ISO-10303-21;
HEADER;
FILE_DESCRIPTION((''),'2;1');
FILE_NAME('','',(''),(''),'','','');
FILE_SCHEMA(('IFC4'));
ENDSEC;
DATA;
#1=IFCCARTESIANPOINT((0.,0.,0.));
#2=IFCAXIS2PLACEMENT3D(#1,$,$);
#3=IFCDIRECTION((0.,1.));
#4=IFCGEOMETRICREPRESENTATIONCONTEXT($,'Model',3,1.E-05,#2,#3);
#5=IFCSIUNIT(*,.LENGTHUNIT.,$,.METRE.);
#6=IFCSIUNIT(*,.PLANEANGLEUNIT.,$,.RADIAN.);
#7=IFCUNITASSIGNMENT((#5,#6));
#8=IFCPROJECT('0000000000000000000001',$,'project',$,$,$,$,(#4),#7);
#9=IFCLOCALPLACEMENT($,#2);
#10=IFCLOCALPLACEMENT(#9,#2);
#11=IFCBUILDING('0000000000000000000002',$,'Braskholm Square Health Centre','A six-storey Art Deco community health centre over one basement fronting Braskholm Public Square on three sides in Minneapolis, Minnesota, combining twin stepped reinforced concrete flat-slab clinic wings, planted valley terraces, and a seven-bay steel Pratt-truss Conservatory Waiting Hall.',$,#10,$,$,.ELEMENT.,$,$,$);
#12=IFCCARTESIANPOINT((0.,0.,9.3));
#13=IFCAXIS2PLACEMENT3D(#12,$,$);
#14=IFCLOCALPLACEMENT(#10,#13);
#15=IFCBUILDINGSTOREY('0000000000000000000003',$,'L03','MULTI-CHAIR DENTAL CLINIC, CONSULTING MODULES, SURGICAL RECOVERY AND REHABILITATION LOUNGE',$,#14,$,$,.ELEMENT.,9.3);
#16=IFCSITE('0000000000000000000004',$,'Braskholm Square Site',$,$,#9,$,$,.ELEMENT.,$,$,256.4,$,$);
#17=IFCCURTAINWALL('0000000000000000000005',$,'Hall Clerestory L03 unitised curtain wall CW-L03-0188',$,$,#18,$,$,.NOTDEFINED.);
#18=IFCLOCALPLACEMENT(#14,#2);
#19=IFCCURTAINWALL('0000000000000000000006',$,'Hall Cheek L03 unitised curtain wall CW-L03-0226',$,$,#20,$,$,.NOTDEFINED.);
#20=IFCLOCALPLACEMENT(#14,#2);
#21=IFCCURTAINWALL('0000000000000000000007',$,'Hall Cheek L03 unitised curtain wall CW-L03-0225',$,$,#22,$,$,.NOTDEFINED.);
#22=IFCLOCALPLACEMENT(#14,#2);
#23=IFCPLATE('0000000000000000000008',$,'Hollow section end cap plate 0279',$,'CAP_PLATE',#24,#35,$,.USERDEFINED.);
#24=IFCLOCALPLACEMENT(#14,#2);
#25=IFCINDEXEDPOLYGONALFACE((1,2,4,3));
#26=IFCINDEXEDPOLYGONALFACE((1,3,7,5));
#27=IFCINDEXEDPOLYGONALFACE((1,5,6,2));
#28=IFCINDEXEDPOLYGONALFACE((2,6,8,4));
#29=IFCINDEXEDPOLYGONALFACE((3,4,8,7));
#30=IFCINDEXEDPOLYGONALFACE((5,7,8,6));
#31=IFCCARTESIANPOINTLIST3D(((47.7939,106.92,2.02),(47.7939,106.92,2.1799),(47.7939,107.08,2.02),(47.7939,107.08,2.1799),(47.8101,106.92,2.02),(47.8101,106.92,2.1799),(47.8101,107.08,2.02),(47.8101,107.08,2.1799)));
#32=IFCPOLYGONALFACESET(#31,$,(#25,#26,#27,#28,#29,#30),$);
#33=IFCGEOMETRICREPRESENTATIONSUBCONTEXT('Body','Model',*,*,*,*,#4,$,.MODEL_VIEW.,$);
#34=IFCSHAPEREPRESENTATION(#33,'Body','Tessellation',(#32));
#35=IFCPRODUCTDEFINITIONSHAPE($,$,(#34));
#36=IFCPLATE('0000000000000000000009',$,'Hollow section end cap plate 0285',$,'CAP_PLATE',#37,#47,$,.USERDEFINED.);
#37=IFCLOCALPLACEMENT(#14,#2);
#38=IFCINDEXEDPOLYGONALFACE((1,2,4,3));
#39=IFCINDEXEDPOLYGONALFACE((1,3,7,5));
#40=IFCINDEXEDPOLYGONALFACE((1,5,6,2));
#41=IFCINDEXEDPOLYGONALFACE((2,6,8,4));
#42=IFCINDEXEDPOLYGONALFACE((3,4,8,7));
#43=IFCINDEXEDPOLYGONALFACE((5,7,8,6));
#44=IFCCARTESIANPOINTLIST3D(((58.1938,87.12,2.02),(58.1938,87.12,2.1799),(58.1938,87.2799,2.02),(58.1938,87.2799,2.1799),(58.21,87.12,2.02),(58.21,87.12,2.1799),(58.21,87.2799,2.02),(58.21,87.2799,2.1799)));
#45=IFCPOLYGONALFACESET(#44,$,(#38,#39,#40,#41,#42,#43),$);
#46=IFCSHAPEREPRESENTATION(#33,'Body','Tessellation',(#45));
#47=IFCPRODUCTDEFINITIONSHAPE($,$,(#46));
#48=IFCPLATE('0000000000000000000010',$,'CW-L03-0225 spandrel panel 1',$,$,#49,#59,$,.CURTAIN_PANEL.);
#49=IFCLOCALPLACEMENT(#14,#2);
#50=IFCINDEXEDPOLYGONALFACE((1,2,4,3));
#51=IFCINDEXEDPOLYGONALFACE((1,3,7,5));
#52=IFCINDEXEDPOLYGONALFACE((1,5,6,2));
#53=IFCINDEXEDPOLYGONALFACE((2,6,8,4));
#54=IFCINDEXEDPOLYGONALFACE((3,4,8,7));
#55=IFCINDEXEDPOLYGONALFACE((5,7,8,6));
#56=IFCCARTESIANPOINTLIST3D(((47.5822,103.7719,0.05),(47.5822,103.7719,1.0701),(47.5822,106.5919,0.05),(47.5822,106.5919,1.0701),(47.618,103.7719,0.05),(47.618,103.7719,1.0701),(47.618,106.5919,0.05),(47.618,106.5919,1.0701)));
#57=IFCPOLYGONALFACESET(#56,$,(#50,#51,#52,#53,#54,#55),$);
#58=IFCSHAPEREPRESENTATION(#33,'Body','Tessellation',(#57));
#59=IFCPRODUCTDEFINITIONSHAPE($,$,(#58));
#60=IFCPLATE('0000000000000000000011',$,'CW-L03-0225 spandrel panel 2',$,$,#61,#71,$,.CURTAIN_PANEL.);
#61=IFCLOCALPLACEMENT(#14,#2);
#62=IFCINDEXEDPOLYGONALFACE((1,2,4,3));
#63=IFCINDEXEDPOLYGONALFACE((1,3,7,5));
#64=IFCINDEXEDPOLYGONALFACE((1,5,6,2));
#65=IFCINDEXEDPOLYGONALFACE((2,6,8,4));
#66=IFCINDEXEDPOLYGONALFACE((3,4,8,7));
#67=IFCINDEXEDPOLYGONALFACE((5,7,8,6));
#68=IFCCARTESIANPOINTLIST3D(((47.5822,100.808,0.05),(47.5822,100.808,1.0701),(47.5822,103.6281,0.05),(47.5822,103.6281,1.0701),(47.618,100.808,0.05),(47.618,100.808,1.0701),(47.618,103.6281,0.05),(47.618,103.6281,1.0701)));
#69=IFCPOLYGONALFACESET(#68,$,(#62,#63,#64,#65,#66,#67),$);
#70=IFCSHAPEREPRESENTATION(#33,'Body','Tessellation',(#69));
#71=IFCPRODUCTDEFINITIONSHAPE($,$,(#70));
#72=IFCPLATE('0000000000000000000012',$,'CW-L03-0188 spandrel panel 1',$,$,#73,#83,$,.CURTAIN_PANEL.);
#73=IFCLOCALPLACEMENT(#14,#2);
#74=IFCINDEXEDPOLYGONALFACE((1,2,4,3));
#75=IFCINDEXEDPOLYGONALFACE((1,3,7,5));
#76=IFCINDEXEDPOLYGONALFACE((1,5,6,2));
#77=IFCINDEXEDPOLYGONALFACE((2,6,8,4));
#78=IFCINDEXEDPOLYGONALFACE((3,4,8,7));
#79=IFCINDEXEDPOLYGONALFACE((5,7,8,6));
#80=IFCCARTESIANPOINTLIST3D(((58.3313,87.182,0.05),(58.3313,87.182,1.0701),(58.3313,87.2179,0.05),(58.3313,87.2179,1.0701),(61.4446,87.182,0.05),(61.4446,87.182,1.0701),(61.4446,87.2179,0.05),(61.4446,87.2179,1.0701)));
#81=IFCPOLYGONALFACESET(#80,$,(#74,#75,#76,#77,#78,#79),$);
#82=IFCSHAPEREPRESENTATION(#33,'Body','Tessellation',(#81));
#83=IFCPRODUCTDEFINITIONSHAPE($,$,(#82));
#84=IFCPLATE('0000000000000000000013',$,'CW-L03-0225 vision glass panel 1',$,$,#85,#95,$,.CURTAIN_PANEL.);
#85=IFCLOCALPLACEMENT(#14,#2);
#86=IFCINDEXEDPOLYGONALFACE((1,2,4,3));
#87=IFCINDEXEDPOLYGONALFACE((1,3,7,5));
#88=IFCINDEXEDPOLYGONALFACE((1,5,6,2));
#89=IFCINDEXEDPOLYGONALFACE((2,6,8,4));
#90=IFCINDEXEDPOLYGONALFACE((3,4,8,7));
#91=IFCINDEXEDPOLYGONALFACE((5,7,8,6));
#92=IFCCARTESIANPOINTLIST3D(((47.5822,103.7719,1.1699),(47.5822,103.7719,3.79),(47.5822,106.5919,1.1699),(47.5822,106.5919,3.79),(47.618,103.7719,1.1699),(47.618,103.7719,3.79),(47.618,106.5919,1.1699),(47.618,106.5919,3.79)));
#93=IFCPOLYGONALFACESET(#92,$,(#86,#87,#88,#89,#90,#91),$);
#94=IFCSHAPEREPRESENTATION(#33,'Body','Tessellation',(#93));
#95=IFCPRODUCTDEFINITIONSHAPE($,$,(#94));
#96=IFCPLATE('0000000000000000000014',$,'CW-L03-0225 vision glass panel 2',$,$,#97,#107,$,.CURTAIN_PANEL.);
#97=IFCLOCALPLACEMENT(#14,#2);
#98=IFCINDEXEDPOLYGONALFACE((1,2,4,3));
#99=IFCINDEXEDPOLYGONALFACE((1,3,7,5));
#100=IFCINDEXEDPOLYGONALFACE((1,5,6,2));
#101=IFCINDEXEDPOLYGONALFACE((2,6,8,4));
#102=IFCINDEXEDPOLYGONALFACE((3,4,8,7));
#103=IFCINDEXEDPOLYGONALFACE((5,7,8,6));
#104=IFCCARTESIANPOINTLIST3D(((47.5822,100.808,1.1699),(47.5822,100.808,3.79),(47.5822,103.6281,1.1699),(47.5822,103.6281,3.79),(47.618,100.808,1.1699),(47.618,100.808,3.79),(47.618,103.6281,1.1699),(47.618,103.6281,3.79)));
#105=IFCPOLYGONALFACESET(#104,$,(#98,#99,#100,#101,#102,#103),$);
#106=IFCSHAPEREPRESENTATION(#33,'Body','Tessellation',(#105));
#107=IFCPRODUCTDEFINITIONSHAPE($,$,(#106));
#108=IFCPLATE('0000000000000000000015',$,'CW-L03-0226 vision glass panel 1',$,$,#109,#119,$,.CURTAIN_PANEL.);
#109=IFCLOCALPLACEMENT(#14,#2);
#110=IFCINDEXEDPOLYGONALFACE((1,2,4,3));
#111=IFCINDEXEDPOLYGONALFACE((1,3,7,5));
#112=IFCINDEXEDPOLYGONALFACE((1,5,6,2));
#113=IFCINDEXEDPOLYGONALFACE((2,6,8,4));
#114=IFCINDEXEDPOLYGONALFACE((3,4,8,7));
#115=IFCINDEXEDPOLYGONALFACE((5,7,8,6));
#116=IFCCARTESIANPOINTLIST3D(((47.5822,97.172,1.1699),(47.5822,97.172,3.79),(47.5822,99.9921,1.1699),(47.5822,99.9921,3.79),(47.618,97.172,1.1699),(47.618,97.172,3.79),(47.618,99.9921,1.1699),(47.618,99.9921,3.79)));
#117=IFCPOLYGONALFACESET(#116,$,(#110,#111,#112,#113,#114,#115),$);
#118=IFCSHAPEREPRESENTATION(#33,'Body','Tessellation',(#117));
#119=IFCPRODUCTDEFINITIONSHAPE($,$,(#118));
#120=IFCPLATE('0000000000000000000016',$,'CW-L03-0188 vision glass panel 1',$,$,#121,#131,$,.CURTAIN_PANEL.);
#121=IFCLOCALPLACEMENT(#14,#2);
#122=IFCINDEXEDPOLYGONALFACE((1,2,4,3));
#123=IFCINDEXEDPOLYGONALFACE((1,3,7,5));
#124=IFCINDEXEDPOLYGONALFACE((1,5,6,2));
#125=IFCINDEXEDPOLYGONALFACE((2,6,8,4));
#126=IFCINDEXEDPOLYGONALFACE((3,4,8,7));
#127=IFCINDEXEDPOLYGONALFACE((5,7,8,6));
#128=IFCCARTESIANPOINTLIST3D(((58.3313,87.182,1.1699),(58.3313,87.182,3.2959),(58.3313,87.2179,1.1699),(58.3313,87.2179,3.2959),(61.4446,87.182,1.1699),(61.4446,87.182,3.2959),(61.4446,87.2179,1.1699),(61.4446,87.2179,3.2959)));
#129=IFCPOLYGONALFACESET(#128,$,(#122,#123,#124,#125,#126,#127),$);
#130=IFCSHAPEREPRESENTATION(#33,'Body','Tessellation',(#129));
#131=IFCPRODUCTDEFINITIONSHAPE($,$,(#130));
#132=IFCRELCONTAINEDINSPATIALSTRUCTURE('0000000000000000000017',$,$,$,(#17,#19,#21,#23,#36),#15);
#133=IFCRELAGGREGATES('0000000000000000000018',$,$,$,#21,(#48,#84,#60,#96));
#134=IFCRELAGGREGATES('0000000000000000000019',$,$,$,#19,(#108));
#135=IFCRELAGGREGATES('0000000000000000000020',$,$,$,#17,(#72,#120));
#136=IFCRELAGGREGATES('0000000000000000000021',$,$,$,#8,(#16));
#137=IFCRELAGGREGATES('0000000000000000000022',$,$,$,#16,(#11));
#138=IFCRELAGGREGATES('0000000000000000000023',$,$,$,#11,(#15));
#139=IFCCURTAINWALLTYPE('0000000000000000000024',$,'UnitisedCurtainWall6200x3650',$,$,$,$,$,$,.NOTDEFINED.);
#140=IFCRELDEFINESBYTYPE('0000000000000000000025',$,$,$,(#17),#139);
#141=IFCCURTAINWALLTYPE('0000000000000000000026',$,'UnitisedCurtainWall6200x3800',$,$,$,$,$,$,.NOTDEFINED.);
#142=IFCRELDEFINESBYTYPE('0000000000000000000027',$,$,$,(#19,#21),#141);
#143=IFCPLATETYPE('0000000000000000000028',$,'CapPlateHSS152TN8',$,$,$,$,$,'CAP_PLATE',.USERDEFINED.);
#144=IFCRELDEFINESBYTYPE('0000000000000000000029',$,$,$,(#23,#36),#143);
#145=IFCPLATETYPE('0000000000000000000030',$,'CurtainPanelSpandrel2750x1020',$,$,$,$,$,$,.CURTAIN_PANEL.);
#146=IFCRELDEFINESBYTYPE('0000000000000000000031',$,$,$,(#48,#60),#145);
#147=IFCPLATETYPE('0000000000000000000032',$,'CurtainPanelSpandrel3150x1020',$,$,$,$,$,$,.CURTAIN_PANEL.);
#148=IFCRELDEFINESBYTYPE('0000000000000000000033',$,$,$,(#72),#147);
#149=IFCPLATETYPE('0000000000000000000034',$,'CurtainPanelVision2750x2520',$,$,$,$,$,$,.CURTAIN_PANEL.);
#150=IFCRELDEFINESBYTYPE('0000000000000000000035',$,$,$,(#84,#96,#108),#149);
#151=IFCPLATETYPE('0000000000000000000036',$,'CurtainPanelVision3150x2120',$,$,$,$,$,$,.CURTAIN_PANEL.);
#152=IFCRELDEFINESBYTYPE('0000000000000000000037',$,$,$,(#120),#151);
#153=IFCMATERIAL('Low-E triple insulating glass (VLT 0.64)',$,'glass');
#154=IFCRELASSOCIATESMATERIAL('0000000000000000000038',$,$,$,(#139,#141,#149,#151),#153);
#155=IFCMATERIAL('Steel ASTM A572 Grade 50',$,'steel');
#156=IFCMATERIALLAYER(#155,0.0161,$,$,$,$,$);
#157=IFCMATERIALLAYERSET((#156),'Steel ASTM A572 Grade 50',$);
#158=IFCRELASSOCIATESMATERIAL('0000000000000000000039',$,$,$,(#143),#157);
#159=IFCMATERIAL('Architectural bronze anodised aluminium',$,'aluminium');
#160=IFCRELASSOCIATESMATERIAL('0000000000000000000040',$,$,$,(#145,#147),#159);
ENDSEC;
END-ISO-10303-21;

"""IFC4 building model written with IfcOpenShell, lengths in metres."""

from ifc_helpers import new_model, si_unit, direction, frame, origin, origin_2d, place, context, subcontext, project, spatial, rectangle, extrude, material, layer, layer_set, type_object, element, aggregate, save


model = new_model("IFC4")

# Units and contexts
model_context = context("Model", 3, precision=1e-05, world=origin(), true_north=direction((0.0, 1.0)))
body_context = subcontext(model_context, "Body", "Model", "MODEL_VIEW")
ifc_project = project(units=[si_unit("LENGTHUNIT", "METRE"), si_unit("PLANEANGLEUNIT", "RADIAN")], contexts=[model_context])

# Site, building, storey
site_placement = place(None, origin())
site = spatial("IfcSite", under=ifc_project, at=site_placement, Name="Braskholm Square Site", CompositionType="ELEMENT", RefElevation=256.4)
building_placement = place(site_placement, origin())
building = spatial("IfcBuilding", under=site, at=building_placement, Name="Braskholm Square Health Centre", Description="A six-storey Art Deco community health centre over one basement fronting Braskholm Public Square on three sides in Minneapolis, Minnesota, combining twin stepped reinforced concrete flat-slab clinic wings, planted valley terraces, and a seven-bay steel Pratt-truss Conservatory Waiting Hall.", CompositionType="ELEMENT")
storey_placement = place(building_placement, frame((0.0, 0.0, 9.3)))
storey = spatial("IfcBuildingStorey", under=building, at=storey_placement, Name="L03", Description="MULTI-CHAIR DENTAL CLINIC, CONSULTING MODULES, SURGICAL RECOVERY AND REHABILITATION LOUNGE", CompositionType="ELEMENT", Elevation=9.3)

# Curtain wall
ifc_material_1 = material(Name="Low-E triple insulating glass (VLT 0.64)", Category="glass")
curtain_wall_type_1 = type_object("IfcCurtainWallType", Name="UnitisedCurtainWall6200x3650", PredefinedType="NOTDEFINED", material=ifc_material_1)
curtain_wall_1_placement = place(storey_placement, origin())
curtain_wall_1 = element("IfcCurtainWall", 1, at=curtain_wall_1_placement, inside=storey, type_object=curtain_wall_type_1, Name="Hall Clerestory L03 unitised curtain wall CW-L03-0188", PredefinedType="NOTDEFINED")
ifc_material_2 = material(Name="Architectural bronze anodised aluminium", Category="aluminium")

# Curtain wall
curtain_wall_type_2 = type_object("IfcCurtainWallType", Name="UnitisedCurtainWall6200x3800", PredefinedType="NOTDEFINED", material=ifc_material_1)
curtain_wall_2_placement = place(storey_placement, origin())
curtain_wall_2 = element("IfcCurtainWall", 2, at=curtain_wall_2_placement, inside=storey, type_object=curtain_wall_type_2, Name="Hall Cheek L03 unitised curtain wall CW-L03-0226", PredefinedType="NOTDEFINED")

# Curtain wall
curtain_wall_3_placement = place(storey_placement, origin())
curtain_wall_3 = element("IfcCurtainWall", 3, at=curtain_wall_3_placement, inside=storey, type_object=curtain_wall_type_2, Name="Hall Cheek L03 unitised curtain wall CW-L03-0225", PredefinedType="NOTDEFINED")

# Plates
ifc_material_3 = material(Name="Steel ASTM A572 Grade 50", Category="steel")
ifc_layer = layer(ifc_material_3, 0.0161)
ifc_layer_set = layer_set([ifc_layer], Name="Steel ASTM A572 Grade 50")
plate_type_1 = type_object("IfcPlateType", Name="CapPlateHSS152TN8", ElementType="CAP_PLATE", PredefinedType="USERDEFINED", material=ifc_layer_set)
for number, where, z_axis, x_axis, name in (
    (4, (47.802, 107.0, 2.02), (0.0, 0.0, 1.0), (1.0, 0.0, 0.0), "Hollow section end cap plate 0279"),
    (5, (58.2019, 87.2, 2.02), (0.0, 0.0, 1.0), (1.0, 0.0, 0.0), "Hollow section end cap plate 0285"),
):
    element("IfcPlate", number, at=place(storey_placement, frame(where, z_axis=z_axis, x_axis=x_axis)), inside=storey, type_object=plate_type_1, Name=name, ObjectType="CAP_PLATE", PredefinedType="USERDEFINED", context=body_context, shape_type="SweptSolid", body=[
        extrude(rectangle(XDim=0.0161, YDim=0.1599, at=origin_2d()), origin(), (0.0, 0.0, 1.0), 0.1599),
    ])

# Plates
plate_type_2 = type_object("IfcPlateType", Name="CurtainPanelSpandrel2750x1020", PredefinedType="CURTAIN_PANEL", material=ifc_material_2)
plate_1_placement = place(storey_placement, frame((47.6001, 105.1819, 0.05), z_axis=(0.0, 0.0, 1.0), x_axis=(0.0, -1.0, 0.0)))
plate_1 = element("IfcPlate", 6, at=plate_1_placement, type_object=plate_type_2, Name="CW-L03-0225 spandrel panel 1", PredefinedType="CURTAIN_PANEL", context=body_context, shape_type="SweptSolid", body=[
    extrude(rectangle(XDim=2.8201, YDim=0.0359, at=origin_2d()), origin(), (0.0, 0.0, 1.0), 1.02),
])
plate_2_placement = place(storey_placement, frame((47.6001, 102.218, 0.05), z_axis=(0.0, 0.0, 1.0), x_axis=(0.0, -1.0, 0.0)))
plate_2 = element("IfcPlate", 7, at=plate_2_placement, type_object=plate_type_2, Name="CW-L03-0225 spandrel panel 2", PredefinedType="CURTAIN_PANEL", context=body_context, shape_type="SweptSolid", body=[
    extrude(rectangle(XDim=2.8201, YDim=0.0359, at=origin_2d()), origin(), (0.0, 0.0, 1.0), 1.02),
])
plate_type_3 = type_object("IfcPlateType", Name="CurtainPanelSpandrel3150x1020", PredefinedType="CURTAIN_PANEL", material=ifc_material_2)
plate_3_placement = place(storey_placement, frame((59.8879, 87.2, 0.05), z_axis=(0.0, 0.0, 1.0), x_axis=(1.0, 0.0, 0.0)))
plate_3 = element("IfcPlate", 8, at=plate_3_placement, type_object=plate_type_3, Name="CW-L03-0188 spandrel panel 1", PredefinedType="CURTAIN_PANEL", context=body_context, shape_type="SweptSolid", body=[
    extrude(rectangle(XDim=3.1133, YDim=0.0359, at=origin_2d()), origin(), (0.0, 0.0, 1.0), 1.02),
])
plate_type_4 = type_object("IfcPlateType", Name="CurtainPanelVision2750x2520", PredefinedType="CURTAIN_PANEL", material=ifc_material_1)
plate_4_placement = place(storey_placement, frame((47.6001, 105.1819, 1.1699), z_axis=(0.0, 0.0, 1.0), x_axis=(0.0, -1.0, 0.0)))
plate_4 = element("IfcPlate", 9, at=plate_4_placement, type_object=plate_type_4, Name="CW-L03-0225 vision glass panel 1", PredefinedType="CURTAIN_PANEL", context=body_context, shape_type="SweptSolid", body=[
    extrude(rectangle(XDim=2.8201, YDim=0.0359, at=origin_2d()), origin(), (0.0, 0.0, 1.0), 2.6201),
])
plate_5_placement = place(storey_placement, frame((47.6001, 102.218, 1.1699), z_axis=(0.0, 0.0, 1.0), x_axis=(0.0, -1.0, 0.0)))
plate_5 = element("IfcPlate", 10, at=plate_5_placement, type_object=plate_type_4, Name="CW-L03-0225 vision glass panel 2", PredefinedType="CURTAIN_PANEL", context=body_context, shape_type="SweptSolid", body=[
    extrude(rectangle(XDim=2.8201, YDim=0.0359, at=origin_2d()), origin(), (0.0, 0.0, 1.0), 2.6201),
])
aggregate(curtain_wall_3, [plate_1, plate_4, plate_2, plate_5])
plate_6_placement = place(storey_placement, frame((47.6001, 98.582, 1.1699), z_axis=(0.0, 0.0, 1.0), x_axis=(0.0, -1.0, 0.0)))
plate_6 = element("IfcPlate", 11, at=plate_6_placement, type_object=plate_type_4, Name="CW-L03-0226 vision glass panel 1", PredefinedType="CURTAIN_PANEL", context=body_context, shape_type="SweptSolid", body=[
    extrude(rectangle(XDim=2.8201, YDim=0.0359, at=origin_2d()), origin(), (0.0, 0.0, 1.0), 2.6201),
])
aggregate(curtain_wall_2, [plate_6])
plate_type_5 = type_object("IfcPlateType", Name="CurtainPanelVision3150x2120", PredefinedType="CURTAIN_PANEL", material=ifc_material_1)
plate_7_placement = place(storey_placement, frame((59.8879, 87.2, 1.1699), z_axis=(0.0, 0.0, 1.0), x_axis=(1.0, 0.0, 0.0)))
plate_7 = element("IfcPlate", 12, at=plate_7_placement, type_object=plate_type_5, Name="CW-L03-0188 vision glass panel 1", PredefinedType="CURTAIN_PANEL", context=body_context, shape_type="SweptSolid", body=[
    extrude(rectangle(XDim=3.1133, YDim=0.0359, at=origin_2d()), origin(), (0.0, 0.0, 1.0), 2.126),
])
aggregate(curtain_wall_1, [plate_3, plate_7])

save(model, "model.ifc")
